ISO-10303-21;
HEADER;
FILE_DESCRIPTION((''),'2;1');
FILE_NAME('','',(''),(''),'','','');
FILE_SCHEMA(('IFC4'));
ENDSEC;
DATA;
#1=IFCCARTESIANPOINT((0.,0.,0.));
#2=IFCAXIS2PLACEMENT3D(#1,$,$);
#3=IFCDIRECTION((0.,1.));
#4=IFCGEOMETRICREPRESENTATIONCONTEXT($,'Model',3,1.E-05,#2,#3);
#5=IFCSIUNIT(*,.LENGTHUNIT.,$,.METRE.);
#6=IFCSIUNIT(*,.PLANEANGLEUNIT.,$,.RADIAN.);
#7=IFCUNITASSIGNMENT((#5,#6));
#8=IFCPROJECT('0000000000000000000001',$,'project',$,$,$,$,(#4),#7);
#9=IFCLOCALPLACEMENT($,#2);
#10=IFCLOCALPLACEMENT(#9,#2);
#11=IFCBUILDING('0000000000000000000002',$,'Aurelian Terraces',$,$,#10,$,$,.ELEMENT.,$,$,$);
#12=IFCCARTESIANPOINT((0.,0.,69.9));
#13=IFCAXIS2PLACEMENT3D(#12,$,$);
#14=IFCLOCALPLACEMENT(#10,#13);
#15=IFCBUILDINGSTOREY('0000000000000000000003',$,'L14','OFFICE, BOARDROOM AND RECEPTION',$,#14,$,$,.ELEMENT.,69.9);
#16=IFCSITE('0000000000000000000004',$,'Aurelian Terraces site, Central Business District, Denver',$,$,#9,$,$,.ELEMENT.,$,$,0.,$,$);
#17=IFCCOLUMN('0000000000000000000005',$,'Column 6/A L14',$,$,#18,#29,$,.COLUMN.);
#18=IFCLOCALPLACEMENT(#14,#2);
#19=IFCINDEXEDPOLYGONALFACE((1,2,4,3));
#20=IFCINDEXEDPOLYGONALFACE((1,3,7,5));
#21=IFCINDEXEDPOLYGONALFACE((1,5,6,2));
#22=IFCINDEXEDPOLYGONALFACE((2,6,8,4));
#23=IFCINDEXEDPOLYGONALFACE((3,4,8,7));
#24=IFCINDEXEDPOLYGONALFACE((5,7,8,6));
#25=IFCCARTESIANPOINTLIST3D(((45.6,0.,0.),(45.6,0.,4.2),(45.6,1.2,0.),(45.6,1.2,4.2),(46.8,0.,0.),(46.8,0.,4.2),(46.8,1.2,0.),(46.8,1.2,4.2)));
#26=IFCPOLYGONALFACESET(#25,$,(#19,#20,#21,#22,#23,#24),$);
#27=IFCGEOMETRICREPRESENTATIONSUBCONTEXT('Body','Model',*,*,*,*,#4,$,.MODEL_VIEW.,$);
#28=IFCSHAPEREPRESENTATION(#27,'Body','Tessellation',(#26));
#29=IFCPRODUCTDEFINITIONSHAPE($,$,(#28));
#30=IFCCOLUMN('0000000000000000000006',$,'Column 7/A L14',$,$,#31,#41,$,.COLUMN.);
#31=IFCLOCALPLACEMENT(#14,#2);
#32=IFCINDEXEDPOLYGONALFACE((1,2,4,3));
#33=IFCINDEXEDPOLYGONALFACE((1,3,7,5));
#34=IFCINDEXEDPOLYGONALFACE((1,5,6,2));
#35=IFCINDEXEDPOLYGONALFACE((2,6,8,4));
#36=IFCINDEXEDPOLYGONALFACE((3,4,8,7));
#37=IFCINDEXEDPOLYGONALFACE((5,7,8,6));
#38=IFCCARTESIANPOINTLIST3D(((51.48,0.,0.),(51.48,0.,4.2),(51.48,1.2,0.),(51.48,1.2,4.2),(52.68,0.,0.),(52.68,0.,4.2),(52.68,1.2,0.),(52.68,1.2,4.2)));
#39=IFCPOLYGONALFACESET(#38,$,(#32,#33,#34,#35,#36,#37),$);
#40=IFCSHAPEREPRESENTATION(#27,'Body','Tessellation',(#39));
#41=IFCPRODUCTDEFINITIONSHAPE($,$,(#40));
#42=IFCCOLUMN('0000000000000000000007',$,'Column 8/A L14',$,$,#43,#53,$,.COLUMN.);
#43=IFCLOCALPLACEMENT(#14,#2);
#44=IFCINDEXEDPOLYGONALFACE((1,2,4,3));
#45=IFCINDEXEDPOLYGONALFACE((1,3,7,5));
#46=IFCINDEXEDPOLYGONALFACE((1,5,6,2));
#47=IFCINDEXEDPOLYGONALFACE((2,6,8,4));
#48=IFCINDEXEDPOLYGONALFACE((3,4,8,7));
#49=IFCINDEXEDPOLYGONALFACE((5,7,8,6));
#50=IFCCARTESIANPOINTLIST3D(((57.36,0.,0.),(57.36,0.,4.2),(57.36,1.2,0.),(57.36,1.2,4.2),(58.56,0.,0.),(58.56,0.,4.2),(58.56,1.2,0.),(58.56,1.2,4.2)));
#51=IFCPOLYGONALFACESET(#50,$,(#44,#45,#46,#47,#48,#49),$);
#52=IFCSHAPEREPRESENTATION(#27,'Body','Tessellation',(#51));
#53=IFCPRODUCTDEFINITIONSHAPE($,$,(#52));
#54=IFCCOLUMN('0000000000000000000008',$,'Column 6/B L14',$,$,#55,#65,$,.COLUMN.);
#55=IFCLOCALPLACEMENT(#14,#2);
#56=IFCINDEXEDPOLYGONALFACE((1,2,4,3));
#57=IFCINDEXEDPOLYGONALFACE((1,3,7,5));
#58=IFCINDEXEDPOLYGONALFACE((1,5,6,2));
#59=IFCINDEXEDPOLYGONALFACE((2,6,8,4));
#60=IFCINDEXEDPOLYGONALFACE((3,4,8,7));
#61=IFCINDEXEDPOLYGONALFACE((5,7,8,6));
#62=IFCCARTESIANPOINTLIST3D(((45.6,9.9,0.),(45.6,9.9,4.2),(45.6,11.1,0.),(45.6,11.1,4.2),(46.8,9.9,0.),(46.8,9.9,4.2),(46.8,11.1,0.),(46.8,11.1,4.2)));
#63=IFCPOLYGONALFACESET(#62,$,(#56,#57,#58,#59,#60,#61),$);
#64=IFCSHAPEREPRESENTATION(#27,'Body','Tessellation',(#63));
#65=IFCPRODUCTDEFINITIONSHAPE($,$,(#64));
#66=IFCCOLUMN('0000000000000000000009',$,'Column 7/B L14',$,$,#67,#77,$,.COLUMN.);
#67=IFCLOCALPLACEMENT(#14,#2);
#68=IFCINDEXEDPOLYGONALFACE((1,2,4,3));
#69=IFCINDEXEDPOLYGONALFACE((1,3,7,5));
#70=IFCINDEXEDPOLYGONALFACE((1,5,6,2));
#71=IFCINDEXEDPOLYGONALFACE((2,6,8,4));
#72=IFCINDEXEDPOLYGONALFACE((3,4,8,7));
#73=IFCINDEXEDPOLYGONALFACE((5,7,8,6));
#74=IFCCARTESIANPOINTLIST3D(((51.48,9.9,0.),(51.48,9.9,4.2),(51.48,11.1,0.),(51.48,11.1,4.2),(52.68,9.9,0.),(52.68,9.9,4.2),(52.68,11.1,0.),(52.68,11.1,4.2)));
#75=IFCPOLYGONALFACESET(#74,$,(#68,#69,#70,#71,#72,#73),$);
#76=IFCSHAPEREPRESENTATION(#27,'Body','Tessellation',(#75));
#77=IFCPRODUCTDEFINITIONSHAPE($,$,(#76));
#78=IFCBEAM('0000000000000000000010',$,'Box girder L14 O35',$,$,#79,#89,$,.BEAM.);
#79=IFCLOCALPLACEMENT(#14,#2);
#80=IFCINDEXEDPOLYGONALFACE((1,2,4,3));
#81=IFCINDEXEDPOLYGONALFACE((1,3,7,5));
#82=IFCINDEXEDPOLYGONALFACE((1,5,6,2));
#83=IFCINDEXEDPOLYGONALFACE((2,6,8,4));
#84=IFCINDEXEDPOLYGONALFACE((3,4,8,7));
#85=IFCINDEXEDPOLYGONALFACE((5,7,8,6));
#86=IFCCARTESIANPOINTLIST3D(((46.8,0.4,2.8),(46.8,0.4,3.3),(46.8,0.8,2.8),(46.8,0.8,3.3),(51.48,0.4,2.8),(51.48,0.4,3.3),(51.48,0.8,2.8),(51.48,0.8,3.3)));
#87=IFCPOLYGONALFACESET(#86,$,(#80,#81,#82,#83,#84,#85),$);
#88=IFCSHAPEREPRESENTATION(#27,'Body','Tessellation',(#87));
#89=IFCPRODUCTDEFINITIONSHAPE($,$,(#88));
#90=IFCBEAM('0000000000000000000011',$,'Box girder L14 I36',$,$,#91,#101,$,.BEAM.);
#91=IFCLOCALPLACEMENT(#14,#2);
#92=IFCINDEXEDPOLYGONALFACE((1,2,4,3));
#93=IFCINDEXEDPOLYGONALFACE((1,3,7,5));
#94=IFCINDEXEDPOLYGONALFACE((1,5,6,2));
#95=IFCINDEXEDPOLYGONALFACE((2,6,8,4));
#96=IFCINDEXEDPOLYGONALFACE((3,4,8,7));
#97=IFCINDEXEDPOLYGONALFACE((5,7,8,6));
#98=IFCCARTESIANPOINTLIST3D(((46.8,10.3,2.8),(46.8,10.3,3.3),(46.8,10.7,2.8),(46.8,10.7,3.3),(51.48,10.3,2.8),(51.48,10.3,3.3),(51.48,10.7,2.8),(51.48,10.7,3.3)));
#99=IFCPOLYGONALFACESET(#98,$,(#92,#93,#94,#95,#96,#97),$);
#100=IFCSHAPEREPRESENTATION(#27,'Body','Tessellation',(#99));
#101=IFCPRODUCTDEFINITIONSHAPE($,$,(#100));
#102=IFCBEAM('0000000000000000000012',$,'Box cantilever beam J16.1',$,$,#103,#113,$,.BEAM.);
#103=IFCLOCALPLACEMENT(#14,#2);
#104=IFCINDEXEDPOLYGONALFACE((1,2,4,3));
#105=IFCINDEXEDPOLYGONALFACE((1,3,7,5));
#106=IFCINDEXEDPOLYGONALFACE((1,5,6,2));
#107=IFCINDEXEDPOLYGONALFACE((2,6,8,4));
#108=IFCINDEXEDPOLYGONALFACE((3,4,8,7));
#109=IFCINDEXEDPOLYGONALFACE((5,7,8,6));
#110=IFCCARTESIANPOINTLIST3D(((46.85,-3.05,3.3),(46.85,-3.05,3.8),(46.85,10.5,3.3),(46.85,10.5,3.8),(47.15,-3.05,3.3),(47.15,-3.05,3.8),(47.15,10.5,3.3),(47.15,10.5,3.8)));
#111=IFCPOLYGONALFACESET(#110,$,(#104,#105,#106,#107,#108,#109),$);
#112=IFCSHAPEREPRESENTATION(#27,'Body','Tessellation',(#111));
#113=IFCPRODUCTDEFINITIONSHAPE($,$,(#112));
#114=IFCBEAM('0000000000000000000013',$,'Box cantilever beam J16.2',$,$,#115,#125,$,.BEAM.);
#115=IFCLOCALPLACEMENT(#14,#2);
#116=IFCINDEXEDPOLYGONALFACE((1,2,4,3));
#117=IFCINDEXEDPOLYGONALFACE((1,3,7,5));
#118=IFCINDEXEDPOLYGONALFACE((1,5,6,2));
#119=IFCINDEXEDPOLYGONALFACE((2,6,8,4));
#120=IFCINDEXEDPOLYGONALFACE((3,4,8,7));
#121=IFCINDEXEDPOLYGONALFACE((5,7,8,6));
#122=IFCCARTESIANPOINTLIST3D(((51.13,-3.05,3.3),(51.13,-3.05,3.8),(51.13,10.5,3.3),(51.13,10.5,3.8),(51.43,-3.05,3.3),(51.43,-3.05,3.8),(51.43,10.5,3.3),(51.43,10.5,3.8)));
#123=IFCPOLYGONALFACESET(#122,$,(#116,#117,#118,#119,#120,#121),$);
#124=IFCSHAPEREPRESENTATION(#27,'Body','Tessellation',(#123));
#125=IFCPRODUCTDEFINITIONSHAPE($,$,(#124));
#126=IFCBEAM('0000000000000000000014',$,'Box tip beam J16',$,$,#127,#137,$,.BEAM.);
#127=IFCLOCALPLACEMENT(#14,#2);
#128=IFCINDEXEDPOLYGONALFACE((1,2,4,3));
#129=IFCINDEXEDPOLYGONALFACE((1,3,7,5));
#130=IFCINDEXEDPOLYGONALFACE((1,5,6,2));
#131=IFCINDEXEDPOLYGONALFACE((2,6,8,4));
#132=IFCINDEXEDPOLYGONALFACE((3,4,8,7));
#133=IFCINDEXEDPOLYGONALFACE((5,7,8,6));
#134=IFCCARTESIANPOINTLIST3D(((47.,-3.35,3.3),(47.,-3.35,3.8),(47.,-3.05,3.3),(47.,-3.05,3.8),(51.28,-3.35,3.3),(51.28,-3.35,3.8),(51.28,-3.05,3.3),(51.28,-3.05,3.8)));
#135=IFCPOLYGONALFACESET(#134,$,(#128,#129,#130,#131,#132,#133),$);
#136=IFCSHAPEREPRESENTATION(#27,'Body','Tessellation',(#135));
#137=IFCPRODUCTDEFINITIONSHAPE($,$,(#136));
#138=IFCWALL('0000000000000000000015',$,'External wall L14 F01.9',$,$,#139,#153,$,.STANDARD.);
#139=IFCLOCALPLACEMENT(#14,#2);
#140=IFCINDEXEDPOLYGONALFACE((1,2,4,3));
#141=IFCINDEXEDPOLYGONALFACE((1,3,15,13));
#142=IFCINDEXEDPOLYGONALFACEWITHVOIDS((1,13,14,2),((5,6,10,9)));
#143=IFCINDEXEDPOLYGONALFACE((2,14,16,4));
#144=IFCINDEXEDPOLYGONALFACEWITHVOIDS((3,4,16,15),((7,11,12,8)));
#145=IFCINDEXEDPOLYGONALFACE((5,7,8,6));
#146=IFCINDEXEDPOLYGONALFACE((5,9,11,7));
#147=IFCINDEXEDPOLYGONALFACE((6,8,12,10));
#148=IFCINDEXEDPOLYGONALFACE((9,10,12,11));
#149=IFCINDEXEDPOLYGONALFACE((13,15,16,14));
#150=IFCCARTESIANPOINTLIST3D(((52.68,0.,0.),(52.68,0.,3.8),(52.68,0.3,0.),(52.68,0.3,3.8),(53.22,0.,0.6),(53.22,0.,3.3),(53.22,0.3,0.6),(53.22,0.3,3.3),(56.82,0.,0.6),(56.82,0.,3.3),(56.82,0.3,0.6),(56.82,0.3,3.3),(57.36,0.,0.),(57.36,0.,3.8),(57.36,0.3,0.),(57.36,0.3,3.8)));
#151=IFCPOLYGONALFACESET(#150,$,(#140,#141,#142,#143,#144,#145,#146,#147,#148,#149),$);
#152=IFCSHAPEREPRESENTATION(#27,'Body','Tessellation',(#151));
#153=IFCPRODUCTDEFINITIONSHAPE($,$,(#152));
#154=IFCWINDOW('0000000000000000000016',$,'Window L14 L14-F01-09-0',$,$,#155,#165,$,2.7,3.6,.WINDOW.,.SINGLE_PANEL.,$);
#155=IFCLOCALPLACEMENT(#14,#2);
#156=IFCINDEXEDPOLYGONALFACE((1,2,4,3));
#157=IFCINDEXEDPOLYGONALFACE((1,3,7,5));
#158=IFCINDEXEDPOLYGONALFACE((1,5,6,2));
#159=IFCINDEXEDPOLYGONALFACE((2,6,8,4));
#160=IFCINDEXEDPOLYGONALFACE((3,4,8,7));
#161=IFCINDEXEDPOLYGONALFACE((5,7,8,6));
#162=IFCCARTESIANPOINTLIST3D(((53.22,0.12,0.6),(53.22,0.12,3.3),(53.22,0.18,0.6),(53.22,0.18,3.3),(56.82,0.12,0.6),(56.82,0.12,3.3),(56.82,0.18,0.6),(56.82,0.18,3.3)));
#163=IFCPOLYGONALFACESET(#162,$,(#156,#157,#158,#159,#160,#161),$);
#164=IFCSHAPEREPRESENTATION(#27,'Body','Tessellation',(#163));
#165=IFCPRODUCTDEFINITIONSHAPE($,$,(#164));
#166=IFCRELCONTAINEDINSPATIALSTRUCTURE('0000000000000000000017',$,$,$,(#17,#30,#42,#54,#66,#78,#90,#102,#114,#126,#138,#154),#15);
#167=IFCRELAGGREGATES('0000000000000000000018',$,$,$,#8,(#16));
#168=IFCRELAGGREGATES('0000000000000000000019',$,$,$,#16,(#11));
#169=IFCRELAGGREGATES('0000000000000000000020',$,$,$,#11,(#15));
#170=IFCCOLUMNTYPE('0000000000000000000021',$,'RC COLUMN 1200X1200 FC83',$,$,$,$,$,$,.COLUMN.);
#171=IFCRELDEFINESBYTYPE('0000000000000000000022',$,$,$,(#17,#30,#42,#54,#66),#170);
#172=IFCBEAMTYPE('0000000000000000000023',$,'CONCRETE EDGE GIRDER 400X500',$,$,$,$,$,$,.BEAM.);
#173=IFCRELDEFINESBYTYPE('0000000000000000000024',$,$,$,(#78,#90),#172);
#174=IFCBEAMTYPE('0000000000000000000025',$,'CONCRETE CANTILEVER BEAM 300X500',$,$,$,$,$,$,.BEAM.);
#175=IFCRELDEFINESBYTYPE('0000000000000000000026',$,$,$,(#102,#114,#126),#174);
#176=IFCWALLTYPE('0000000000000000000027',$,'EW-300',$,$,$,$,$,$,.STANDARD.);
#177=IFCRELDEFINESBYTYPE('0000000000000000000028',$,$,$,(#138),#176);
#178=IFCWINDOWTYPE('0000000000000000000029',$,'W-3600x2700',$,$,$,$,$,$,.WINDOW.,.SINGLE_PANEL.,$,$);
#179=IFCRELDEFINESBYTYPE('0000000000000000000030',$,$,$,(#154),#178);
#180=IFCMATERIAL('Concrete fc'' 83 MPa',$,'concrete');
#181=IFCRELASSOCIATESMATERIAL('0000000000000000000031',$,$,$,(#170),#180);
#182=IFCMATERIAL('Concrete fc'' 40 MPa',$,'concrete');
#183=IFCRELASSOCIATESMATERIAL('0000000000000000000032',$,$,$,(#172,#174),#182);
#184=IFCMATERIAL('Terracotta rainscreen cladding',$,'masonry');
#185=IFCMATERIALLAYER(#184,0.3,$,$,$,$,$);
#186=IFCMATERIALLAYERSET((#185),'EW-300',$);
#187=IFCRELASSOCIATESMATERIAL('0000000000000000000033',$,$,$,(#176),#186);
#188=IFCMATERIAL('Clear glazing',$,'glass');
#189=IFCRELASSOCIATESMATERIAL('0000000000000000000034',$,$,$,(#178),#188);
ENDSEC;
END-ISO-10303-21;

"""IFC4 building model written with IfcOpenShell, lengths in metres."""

from ifc_helpers import new_model, si_unit, direction, frame, frame_2d, origin, origin_2d, place, context, subcontext, project, spatial, rectangle, extrude, source, transform, mapped, material, layer, layer_set, material_profile, profile_set, type_object, element, fill, save


model = new_model("IFC4")

# Units and contexts
model_context = context("Model", 3, precision=1e-05, world=origin(), true_north=direction((0.0, 1.0)))
body_context = subcontext(model_context, "Body", "Model", "MODEL_VIEW")
ifc_project = project(units=[si_unit("LENGTHUNIT", "METRE"), si_unit("PLANEANGLEUNIT", "RADIAN")], contexts=[model_context])

# Site, building, storey
site_placement = place(None, origin())
site = spatial("IfcSite", under=ifc_project, at=site_placement, Name="Aurelian Terraces site, Central Business District, Denver", CompositionType="ELEMENT", RefElevation=0.0)
building_placement = place(site_placement, origin())
building = spatial("IfcBuilding", under=site, at=building_placement, Name="Aurelian Terraces", CompositionType="ELEMENT")
storey_placement = place(building_placement, frame((0.0, 0.0, 69.9)))
storey = spatial("IfcBuildingStorey", under=building, at=storey_placement, Name="L14", Description="OFFICE, BOARDROOM AND RECEPTION", CompositionType="ELEMENT", Elevation=69.9)

# Columns
ifc_material_1 = material(Name="Concrete fc' 83 MPa", Category="concrete")
ifc_material_profile_1 = material_profile(ifc_material_1, rectangle(XDim=1.2, YDim=1.2, at=origin_2d()))
ifc_profile_set_1 = profile_set([ifc_material_profile_1], Name="Concrete fc' 83 MPa")
column_type = type_object("IfcColumnType", Name="RC COLUMN 1200X1200 FC83", PredefinedType="COLUMN", material=ifc_profile_set_1)
shared_shape_1 = source(origin(), body_context, "Body", "SweptSolid", [
    extrude(rectangle(XDim=1.2, YDim=1.2, at=origin_2d()), origin(), (0.0, 0.0, 1.0), 4.2),
])
for number, where, z_axis, x_axis, name in (
    (1, (46.2, 0.6, 0.0), (0.0, 0.0, 1.0), (1.0, 0.0, 0.0), "Column 6/A L14"),
    (2, (52.08, 0.6, 0.0), (0.0, 0.0, 1.0), (1.0, 0.0, 0.0), "Column 7/A L14"),
    (3, (57.96, 0.6, 0.0), (0.0, 0.0, 1.0), (1.0, 0.0, 0.0), "Column 8/A L14"),
    (4, (46.2, 10.5, 0.0), (0.0, 0.0, 1.0), (1.0, 0.0, 0.0), "Column 6/B L14"),
    (5, (52.08, 10.5, 0.0), (0.0, 0.0, 1.0), (1.0, 0.0, 0.0), "Column 7/B L14"),
):
    element("IfcColumn", number, at=place(storey_placement, frame(where, z_axis=z_axis, x_axis=x_axis)), inside=storey, type_object=column_type, Name=name, PredefinedType="COLUMN", context=body_context, shape_type="MappedRepresentation", body=[
        mapped(shared_shape_1, transform((0.0, 0.0, 0.0), scale=1.0)),
    ])

# Beams
ifc_material_2 = material(Name="Concrete fc' 40 MPa", Category="concrete")
ifc_material_profile_2 = material_profile(ifc_material_2, rectangle(XDim=0.4, YDim=0.5, at=origin_2d()))
ifc_profile_set_2 = profile_set([ifc_material_profile_2], Name="Concrete fc' 40 MPa")
beam_type_1 = type_object("IfcBeamType", Name="CONCRETE EDGE GIRDER 400X500", PredefinedType="BEAM", material=ifc_profile_set_2)
shared_shape_2 = source(origin(), body_context, "Body", "SweptSolid", [
    extrude(rectangle(XDim=0.4, YDim=0.5, at=origin_2d()), origin(), (0.0, 0.0, 1.0), 4.68),
])
for number, where, z_axis, x_axis, name in (
    (6, (46.8, 0.6, 3.05), (1.0, 0.0, 0.0), (0.0, 1.0, 0.0), "Box girder L14 O35"),
    (7, (46.8, 10.5, 3.05), (1.0, 0.0, 0.0), (0.0, 1.0, 0.0), "Box girder L14 I36"),
):
    element("IfcBeam", number, at=place(storey_placement, frame(where, z_axis=z_axis, x_axis=x_axis)), inside=storey, type_object=beam_type_1, Name=name, PredefinedType="BEAM", context=body_context, shape_type="MappedRepresentation", body=[
        mapped(shared_shape_2, transform((0.0, 0.0, 0.0), scale=1.0)),
    ])
ifc_material_profile_3 = material_profile(ifc_material_2, rectangle(XDim=0.3, YDim=0.5, at=origin_2d()))
ifc_profile_set_3 = profile_set([ifc_material_profile_3], Name="Concrete fc' 40 MPa")
beam_type_2 = type_object("IfcBeamType", Name="CONCRETE CANTILEVER BEAM 300X500", PredefinedType="BEAM", material=ifc_profile_set_3)
shared_shape_3 = source(origin(), body_context, "Body", "SweptSolid", [
    extrude(rectangle(XDim=0.3, YDim=0.5, at=origin_2d()), origin(), (0.0, 0.0, 1.0), 13.55),
])
for number, where, z_axis, x_axis, name in (
    (8, (47.0, -3.05, 3.55), (0.0, 1.0, 0.0), (-1.0, 0.0, 0.0), "Box cantilever beam J16.1"),
    (9, (51.28, -3.05, 3.55), (0.0, 1.0, 0.0), (-1.0, 0.0, 0.0), "Box cantilever beam J16.2"),
):
    element("IfcBeam", number, at=place(storey_placement, frame(where, z_axis=z_axis, x_axis=x_axis)), inside=storey, type_object=beam_type_2, Name=name, PredefinedType="BEAM", context=body_context, shape_type="MappedRepresentation", body=[
        mapped(shared_shape_3, transform((0.0, 0.0, 0.0), scale=1.0)),
    ])
shared_shape_4 = source(origin(), body_context, "Body", "SweptSolid", [
    extrude(rectangle(XDim=0.3, YDim=0.5, at=origin_2d()), origin(), (0.0, 0.0, 1.0), 4.28),
])
beam_placement = place(storey_placement, frame((47.0, -3.2, 3.55), z_axis=(1.0, 0.0, 0.0), x_axis=(0.0, 1.0, 0.0)))
element("IfcBeam", 10, at=beam_placement, inside=storey, type_object=beam_type_2, Name="Box tip beam J16", PredefinedType="BEAM", context=body_context, shape_type="MappedRepresentation", body=[
    mapped(shared_shape_4, transform((0.0, 0.0, 0.0), scale=1.0)),
])

# Wall, opening, window
ifc_material_3 = material(Name="Terracotta rainscreen cladding", Category="masonry")
ifc_layer_1 = layer(ifc_material_3, 0.3)
ifc_layer_set_1 = layer_set([ifc_layer_1], Name="EW-300")
wall_type_1 = type_object("IfcWallType", Name="EW-300", PredefinedType="STANDARD", material=ifc_layer_set_1)
shared_shape_5 = source(origin(), body_context, "Body", "SweptSolid", [
    extrude(rectangle(XDim=4.68, YDim=0.3, at=frame_2d((2.34, 0.0))), origin(), (0.0, 0.0, 1.0), 3.8),
])
wall_1_placement = place(storey_placement, frame((52.68, 0.15, 0.0), z_axis=(0.0, 0.0, 1.0), x_axis=(1.0, 0.0, 0.0)))
wall_1 = element("IfcWall", 11, at=wall_1_placement, inside=storey, type_object=wall_type_1, Name="External wall L14 F01.9", PredefinedType="STANDARD", context=body_context, shape_type="MappedRepresentation", body=[
    mapped(shared_shape_5, transform((0.0, 0.0, 0.0), scale=1.0)),
])
shared_shape_6 = source(origin(), body_context, "Body", "SweptSolid", [
    extrude(rectangle(XDim=3.6, YDim=2.7, at=frame_2d((1.8, 1.35))), frame((0.0, 0.16, 0.0), z_axis=(0.0, -1.0, 0.0), x_axis=(1.0, 0.0, 0.0)), (0.0, 0.0, 1.0), 0.32),
])
opening_1_placement = place(wall_1_placement, frame((0.54, 0.0, 0.6)))
opening_1 = element("IfcOpeningElement", 12, at=opening_1_placement, cuts=wall_1, PredefinedType="OPENING", context=body_context, shape_type="MappedRepresentation", body=[
    mapped(shared_shape_6, transform((0.0, 0.0, 0.0), scale=1.0)),
])
ifc_material_4 = material(Name="Clear glazing", Category="glass")
window_type_1 = type_object("IfcWindowType", Name="W-3600x2700", PartitioningType="SINGLE_PANEL", PredefinedType="WINDOW", material=ifc_material_4)
shared_shape_7 = source(origin(), body_context, "Body", "SweptSolid", [
    extrude(rectangle(XDim=3.6, YDim=2.7, at=frame_2d((1.8, 1.35))), frame((0.0, 0.03, 0.0), z_axis=(0.0, -1.0, 0.0), x_axis=(1.0, 0.0, 0.0)), (0.0, 0.0, 1.0), 0.06),
])
window_1_placement = place(opening_1_placement, origin())
window_1 = element("IfcWindow", 13, at=window_1_placement, inside=storey, type_object=window_type_1, Name="Window L14 L14-F01-09-0", OverallHeight=2.7, OverallWidth=3.6, PartitioningType="SINGLE_PANEL", PredefinedType="WINDOW", context=body_context, shape_type="MappedRepresentation", body=[
    mapped(shared_shape_7, transform((0.0, 0.0, 0.0), scale=1.0)),
])
fill(opening_1, window_1)

save(model, "model.ifc")
